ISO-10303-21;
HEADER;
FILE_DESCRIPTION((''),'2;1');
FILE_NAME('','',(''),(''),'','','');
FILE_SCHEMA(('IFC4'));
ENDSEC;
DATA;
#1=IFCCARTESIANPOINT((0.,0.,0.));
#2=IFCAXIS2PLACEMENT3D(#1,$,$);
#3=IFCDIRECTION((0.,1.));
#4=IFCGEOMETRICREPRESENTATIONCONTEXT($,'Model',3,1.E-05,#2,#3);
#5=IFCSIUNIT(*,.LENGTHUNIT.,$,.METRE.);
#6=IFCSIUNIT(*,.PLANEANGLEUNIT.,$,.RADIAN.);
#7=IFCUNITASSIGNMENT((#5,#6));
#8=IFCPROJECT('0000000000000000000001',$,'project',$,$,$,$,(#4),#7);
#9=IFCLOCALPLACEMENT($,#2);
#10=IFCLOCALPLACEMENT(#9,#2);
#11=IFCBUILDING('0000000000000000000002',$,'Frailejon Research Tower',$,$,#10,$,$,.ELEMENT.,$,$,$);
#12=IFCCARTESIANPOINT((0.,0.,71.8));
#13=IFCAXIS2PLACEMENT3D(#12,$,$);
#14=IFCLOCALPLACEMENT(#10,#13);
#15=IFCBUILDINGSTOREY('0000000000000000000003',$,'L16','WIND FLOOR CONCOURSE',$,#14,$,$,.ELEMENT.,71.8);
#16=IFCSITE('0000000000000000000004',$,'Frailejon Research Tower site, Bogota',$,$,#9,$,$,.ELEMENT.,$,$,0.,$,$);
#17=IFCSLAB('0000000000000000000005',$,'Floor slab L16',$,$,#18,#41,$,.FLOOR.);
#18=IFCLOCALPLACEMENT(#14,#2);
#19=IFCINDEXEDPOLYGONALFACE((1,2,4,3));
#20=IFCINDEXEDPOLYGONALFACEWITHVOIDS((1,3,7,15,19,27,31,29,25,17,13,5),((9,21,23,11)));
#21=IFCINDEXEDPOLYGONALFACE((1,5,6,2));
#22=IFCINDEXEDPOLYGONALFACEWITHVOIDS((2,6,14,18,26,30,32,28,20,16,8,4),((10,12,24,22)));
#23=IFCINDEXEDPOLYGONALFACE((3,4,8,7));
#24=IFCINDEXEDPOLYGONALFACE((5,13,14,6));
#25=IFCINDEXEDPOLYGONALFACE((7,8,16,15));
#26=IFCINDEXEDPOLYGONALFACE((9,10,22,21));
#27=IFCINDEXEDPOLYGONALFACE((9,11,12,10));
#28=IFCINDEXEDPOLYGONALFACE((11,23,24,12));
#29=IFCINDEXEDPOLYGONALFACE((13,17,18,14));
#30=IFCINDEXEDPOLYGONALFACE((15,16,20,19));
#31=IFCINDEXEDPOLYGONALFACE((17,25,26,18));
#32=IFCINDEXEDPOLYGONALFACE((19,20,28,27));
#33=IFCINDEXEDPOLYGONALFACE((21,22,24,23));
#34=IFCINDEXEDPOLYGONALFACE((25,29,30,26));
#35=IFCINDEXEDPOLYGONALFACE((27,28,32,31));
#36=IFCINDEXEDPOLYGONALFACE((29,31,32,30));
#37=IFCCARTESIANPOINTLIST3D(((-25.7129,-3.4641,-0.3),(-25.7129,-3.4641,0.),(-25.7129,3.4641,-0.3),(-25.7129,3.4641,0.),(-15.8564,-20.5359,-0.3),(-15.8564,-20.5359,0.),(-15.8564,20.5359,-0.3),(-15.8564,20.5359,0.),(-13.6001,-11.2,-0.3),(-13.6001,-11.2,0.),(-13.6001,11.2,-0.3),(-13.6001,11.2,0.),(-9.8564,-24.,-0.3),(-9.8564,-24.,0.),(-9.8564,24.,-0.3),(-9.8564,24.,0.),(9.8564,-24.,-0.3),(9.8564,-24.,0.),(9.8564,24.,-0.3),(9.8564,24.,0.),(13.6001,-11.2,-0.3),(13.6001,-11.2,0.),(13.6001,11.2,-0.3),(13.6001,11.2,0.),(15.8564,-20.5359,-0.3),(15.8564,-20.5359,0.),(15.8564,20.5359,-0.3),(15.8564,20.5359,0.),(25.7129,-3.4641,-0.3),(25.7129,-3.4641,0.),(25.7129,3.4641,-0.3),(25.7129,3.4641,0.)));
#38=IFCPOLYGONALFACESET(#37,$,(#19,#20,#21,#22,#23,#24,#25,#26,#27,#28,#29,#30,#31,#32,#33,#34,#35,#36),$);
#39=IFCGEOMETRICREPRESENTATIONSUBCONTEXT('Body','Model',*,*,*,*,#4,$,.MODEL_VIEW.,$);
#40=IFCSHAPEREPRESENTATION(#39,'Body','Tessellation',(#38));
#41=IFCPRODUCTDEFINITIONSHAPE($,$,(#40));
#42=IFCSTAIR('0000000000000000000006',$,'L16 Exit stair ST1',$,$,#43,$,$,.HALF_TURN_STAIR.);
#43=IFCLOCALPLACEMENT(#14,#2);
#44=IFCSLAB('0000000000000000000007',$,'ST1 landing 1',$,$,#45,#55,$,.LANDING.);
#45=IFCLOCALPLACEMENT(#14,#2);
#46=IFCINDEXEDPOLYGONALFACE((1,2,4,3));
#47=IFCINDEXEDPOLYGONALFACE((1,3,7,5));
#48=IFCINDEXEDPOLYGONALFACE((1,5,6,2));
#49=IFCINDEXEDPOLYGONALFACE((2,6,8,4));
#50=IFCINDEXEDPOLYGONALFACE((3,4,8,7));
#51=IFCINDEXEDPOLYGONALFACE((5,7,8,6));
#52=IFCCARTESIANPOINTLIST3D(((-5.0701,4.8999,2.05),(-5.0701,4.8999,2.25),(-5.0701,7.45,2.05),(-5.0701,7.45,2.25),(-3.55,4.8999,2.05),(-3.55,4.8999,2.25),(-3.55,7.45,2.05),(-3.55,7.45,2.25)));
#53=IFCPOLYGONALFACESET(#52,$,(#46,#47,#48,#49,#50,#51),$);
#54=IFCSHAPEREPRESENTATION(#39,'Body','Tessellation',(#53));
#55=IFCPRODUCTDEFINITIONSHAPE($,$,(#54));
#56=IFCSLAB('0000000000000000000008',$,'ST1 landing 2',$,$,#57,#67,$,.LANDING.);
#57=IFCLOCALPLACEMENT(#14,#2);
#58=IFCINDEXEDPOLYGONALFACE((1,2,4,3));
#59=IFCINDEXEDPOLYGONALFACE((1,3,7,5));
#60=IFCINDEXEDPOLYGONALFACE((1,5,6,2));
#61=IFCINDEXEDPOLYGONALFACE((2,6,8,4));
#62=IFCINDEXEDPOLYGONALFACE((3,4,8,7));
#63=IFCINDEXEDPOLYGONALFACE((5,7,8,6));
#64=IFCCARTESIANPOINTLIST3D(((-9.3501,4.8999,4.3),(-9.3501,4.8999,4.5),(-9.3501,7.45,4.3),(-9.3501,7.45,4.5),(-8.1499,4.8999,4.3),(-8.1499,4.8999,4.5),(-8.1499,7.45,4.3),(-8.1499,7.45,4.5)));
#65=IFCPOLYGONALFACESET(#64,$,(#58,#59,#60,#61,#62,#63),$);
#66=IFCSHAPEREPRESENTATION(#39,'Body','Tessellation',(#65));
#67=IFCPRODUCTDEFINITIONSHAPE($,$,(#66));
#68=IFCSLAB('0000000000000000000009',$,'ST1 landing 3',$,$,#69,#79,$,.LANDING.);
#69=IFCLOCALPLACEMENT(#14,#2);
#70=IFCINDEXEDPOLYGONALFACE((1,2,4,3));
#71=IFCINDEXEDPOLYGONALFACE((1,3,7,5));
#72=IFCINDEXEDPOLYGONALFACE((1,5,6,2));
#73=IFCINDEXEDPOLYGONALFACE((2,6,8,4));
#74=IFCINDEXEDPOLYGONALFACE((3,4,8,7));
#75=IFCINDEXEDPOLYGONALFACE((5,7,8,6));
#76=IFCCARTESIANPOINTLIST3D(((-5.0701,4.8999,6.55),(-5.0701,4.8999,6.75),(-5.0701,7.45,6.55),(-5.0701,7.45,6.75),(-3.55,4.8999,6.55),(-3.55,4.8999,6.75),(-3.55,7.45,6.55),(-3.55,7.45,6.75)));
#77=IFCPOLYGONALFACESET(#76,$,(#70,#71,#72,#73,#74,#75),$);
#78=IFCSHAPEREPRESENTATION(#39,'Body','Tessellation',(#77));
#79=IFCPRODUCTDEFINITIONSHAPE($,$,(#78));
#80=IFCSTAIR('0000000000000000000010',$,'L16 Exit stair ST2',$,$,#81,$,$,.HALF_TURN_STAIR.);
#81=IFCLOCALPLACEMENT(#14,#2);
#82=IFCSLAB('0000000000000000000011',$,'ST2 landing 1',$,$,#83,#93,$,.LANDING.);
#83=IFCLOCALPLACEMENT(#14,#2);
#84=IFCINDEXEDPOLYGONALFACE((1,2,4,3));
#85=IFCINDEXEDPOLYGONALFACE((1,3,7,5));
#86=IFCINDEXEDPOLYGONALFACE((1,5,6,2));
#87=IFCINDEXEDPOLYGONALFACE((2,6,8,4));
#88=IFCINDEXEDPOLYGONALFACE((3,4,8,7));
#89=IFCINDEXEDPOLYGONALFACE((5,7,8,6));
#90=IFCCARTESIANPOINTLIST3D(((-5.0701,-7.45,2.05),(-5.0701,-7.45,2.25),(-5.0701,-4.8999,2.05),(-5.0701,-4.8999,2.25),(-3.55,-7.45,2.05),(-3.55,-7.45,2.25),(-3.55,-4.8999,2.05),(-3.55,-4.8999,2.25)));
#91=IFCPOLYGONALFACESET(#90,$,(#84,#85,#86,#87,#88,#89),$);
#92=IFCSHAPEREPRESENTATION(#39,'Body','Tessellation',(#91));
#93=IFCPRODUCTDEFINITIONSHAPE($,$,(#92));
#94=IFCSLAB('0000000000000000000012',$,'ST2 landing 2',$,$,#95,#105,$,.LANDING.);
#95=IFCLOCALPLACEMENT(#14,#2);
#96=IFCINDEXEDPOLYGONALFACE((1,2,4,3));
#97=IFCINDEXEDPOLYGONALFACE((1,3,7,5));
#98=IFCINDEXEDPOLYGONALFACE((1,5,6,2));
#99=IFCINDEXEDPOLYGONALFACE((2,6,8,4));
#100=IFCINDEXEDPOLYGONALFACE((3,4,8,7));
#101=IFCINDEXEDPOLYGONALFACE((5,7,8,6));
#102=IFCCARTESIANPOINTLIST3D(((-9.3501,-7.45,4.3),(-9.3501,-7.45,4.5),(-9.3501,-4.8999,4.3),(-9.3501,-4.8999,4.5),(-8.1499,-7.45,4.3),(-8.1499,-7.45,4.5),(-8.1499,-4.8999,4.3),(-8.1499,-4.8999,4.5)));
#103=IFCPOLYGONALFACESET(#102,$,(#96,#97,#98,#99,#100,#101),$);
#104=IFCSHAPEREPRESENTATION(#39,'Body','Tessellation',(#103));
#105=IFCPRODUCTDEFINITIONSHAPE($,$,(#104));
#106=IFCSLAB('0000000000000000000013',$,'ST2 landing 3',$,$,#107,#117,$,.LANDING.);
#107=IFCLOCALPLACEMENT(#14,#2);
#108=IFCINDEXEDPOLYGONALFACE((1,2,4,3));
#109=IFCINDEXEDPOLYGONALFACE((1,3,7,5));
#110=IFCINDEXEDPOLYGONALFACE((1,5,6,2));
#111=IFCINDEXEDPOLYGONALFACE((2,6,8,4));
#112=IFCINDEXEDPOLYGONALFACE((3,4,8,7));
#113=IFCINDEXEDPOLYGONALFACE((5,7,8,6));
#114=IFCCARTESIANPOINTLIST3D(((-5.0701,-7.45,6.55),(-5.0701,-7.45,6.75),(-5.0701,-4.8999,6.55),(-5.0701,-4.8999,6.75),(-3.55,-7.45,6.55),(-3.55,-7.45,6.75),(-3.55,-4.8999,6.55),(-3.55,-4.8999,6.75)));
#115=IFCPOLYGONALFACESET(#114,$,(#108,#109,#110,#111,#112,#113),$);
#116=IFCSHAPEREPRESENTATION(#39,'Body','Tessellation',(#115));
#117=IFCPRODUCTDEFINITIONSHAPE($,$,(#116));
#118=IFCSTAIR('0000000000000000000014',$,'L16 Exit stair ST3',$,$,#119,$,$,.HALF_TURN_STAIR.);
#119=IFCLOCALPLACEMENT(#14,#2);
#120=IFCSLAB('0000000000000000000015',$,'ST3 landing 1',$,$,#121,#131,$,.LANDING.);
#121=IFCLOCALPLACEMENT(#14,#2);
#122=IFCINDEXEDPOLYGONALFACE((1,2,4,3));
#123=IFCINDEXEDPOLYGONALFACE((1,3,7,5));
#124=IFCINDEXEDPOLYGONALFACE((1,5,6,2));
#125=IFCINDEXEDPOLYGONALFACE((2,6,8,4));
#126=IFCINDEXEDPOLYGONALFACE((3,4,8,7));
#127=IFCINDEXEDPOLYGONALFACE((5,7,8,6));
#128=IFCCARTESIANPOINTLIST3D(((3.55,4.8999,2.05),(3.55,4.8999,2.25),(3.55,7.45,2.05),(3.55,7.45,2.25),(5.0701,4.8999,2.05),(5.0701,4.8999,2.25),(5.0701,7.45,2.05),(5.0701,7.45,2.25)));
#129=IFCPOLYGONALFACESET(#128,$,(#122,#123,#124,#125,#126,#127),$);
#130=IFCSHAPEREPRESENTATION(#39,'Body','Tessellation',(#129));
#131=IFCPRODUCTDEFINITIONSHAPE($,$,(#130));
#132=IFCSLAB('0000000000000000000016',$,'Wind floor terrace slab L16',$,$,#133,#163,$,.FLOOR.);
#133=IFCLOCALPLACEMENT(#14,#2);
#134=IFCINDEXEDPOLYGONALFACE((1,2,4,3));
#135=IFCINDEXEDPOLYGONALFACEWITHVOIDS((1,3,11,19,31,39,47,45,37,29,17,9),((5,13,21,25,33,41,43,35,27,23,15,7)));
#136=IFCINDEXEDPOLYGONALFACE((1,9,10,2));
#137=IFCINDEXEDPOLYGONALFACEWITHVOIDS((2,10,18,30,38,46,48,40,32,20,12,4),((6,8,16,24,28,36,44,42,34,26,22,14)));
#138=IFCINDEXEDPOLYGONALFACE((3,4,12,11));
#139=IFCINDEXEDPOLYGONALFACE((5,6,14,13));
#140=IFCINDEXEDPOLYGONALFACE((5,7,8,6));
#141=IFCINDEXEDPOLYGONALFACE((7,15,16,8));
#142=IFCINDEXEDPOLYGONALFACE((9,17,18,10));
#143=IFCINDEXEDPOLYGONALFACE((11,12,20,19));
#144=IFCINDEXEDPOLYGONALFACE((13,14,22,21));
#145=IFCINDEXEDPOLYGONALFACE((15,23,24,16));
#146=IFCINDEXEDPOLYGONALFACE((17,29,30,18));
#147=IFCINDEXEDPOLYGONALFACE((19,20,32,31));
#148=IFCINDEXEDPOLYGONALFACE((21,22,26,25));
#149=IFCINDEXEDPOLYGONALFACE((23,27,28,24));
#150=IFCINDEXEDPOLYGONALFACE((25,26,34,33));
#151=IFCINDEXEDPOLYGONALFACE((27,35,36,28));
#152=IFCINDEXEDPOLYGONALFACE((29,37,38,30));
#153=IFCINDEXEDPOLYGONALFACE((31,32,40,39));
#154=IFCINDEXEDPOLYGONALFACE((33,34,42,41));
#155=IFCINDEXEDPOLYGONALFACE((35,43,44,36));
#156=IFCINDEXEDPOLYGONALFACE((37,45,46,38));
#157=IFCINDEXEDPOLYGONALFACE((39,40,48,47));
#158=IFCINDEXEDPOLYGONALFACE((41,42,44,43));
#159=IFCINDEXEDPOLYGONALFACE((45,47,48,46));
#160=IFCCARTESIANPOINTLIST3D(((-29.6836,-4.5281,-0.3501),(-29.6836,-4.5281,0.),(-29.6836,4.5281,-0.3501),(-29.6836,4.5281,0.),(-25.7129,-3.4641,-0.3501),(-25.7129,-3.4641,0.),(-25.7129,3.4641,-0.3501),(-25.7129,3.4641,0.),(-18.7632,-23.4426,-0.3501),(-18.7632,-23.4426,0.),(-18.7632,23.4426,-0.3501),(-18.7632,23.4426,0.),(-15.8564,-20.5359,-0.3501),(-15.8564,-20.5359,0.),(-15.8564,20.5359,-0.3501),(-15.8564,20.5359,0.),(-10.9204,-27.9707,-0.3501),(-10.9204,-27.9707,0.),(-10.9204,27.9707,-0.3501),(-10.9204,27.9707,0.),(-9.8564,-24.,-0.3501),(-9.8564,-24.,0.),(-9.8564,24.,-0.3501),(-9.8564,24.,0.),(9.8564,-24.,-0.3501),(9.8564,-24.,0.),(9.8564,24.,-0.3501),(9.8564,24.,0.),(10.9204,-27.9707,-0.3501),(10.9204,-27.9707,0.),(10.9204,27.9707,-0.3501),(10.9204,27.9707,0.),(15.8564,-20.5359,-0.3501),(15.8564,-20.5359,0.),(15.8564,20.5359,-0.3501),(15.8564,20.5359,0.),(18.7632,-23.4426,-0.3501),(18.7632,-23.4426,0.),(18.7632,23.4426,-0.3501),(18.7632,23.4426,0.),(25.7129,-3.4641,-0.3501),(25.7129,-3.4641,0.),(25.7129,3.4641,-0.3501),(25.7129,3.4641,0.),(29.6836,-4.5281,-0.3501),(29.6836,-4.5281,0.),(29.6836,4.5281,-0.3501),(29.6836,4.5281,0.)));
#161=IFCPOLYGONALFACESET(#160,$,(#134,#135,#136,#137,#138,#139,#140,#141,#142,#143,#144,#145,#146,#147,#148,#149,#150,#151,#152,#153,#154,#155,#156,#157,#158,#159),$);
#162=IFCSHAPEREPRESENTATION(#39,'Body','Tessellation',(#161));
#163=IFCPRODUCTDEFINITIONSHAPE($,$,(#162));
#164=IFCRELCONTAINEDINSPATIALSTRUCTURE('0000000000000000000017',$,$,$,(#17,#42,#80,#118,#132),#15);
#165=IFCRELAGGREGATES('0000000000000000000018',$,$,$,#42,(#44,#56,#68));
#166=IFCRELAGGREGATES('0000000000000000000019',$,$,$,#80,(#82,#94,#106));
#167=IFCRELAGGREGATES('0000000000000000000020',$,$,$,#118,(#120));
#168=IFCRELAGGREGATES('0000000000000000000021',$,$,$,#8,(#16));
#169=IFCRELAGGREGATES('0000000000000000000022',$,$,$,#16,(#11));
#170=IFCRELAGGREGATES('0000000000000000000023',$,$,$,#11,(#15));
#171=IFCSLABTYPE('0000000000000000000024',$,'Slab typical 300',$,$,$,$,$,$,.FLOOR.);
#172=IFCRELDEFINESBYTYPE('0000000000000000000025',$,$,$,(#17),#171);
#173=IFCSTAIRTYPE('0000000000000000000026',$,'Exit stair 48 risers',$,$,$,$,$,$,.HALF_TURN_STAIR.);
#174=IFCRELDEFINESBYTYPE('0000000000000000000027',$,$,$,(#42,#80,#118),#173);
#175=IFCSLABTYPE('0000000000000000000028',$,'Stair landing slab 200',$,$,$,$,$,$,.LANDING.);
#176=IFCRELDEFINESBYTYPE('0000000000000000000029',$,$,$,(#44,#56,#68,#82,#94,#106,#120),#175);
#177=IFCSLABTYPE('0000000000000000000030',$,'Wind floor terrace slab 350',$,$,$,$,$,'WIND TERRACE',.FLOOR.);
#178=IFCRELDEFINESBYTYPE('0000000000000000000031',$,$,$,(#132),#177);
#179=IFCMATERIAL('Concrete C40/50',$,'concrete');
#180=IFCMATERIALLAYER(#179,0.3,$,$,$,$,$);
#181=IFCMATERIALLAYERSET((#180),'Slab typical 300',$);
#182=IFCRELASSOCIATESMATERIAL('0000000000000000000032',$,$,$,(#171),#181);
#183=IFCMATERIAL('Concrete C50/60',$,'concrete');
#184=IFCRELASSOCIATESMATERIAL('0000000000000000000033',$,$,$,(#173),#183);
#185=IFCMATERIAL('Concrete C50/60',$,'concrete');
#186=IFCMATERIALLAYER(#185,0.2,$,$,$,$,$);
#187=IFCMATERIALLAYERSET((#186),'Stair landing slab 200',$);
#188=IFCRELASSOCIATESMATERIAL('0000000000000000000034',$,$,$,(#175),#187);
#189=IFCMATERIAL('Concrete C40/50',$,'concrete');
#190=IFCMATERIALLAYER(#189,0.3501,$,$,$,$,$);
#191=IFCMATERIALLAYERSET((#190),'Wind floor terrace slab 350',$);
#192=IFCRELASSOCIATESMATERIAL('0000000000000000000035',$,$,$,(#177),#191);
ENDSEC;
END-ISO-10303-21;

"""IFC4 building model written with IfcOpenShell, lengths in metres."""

from ifc_helpers import new_model, si_unit, direction, frame, origin, place, context, subcontext, project, spatial, polyline, outline, extrude, material, layer, layer_set, type_object, element, aggregate, save


model = new_model("IFC4")

# Units and contexts
model_context = context("Model", 3, precision=1e-05, world=origin(), true_north=direction((0.0, 1.0)))
body_context = subcontext(model_context, "Body", "Model", "MODEL_VIEW")
ifc_project = project(units=[si_unit("LENGTHUNIT", "METRE"), si_unit("PLANEANGLEUNIT", "RADIAN")], contexts=[model_context])

# Site, building, storey
site_placement = place(None, origin())
site = spatial("IfcSite", under=ifc_project, at=site_placement, Name="Frailejon Research Tower site, Bogota", CompositionType="ELEMENT", RefElevation=0.0)
building_placement = place(site_placement, origin())
building = spatial("IfcBuilding", under=site, at=building_placement, Name="Frailejon Research Tower", CompositionType="ELEMENT")
storey_placement = place(building_placement, frame((0.0, 0.0, 71.8)))
storey = spatial("IfcBuildingStorey", under=building, at=storey_placement, Name="L16", Description="WIND FLOOR CONCOURSE", CompositionType="ELEMENT", Elevation=71.8)

# Slab
ifc_material_1 = material(Name="Concrete C40/50", Category="concrete")
ifc_layer_1 = layer(ifc_material_1, 0.3)
ifc_layer_set_1 = layer_set([ifc_layer_1], Name="Slab typical 300")
slab_type_1 = type_object("IfcSlabType", Name="Slab typical 300", PredefinedType="FLOOR", material=ifc_layer_set_1)
slab_1_placement = place(storey_placement, frame((0.0, 0.0, -0.3)))
element("IfcSlab", 1, at=slab_1_placement, inside=storey, type_object=slab_type_1, Name="Floor slab L16", PredefinedType="FLOOR", context=body_context, shape_type="SweptSolid", body=[
    extrude(outline(polyline([(25.7129, -3.4641), (25.7129, 3.4641), (15.8564, 20.5359), (9.8564, 24.0), (-9.8564, 24.0), (-15.8564, 20.5359), (-25.7129, 3.4641), (-25.7129, -3.4641), (-15.8564, -20.5359), (-9.8564, -24.0), (9.8564, -24.0), (15.8564, -20.5359), (25.7129, -3.4641)]), holes=[polyline([(13.6001, -11.2), (-13.6001, -11.2), (-13.6001, 11.2), (13.6001, 11.2), (13.6001, -11.2)])]), origin(), (0.0, 0.0, 1.0), 0.3),
])

# Stairs, slabs
ifc_material_2 = material(Name="Concrete C50/60", Category="concrete")
stair_type = type_object("IfcStairType", Name="Exit stair 48 risers", PredefinedType="HALF_TURN_STAIR", material=ifc_material_2)
stair_1_placement = place(storey_placement, origin())
stair_1 = element("IfcStair", 2, at=stair_1_placement, inside=storey, type_object=stair_type, Name="L16 Exit stair ST1", PredefinedType="HALF_TURN_STAIR")
ifc_material_3 = material(Name="Concrete C50/60", Category="concrete")
ifc_layer_2 = layer(ifc_material_3, 0.2)
ifc_layer_set_2 = layer_set([ifc_layer_2], Name="Stair landing slab 200")
slab_type_2 = type_object("IfcSlabType", Name="Stair landing slab 200", PredefinedType="LANDING", material=ifc_layer_set_2)
slab_2_placement = place(storey_placement, frame((0.0, 0.0, 2.05)))
slab_2 = element("IfcSlab", 3, at=slab_2_placement, type_object=slab_type_2, Name="ST1 landing 1", PredefinedType="LANDING", context=body_context, shape_type="SweptSolid", body=[
    extrude(outline(polyline([(-5.0701, 4.8999), (-3.55, 4.8999), (-3.55, 7.45), (-5.0701, 7.45), (-5.0701, 4.8999)])), origin(), (0.0, 0.0, 1.0), 0.2),
])
slab_3_placement = place(storey_placement, frame((0.0, 0.0, 4.3)))
slab_3 = element("IfcSlab", 4, at=slab_3_placement, type_object=slab_type_2, Name="ST1 landing 2", PredefinedType="LANDING", context=body_context, shape_type="SweptSolid", body=[
    extrude(outline(polyline([(-9.3501, 4.8999), (-8.1499, 4.8999), (-8.1499, 7.45), (-9.3501, 7.45), (-9.3501, 4.8999)])), origin(), (0.0, 0.0, 1.0), 0.2),
])
slab_4_placement = place(storey_placement, frame((0.0, 0.0, 6.55)))
slab_4 = element("IfcSlab", 5, at=slab_4_placement, type_object=slab_type_2, Name="ST1 landing 3", PredefinedType="LANDING", context=body_context, shape_type="SweptSolid", body=[
    extrude(outline(polyline([(-5.0701, 4.8999), (-3.55, 4.8999), (-3.55, 7.45), (-5.0701, 7.45), (-5.0701, 4.8999)])), origin(), (0.0, 0.0, 1.0), 0.2),
])
aggregate(stair_1, [slab_2, slab_3, slab_4])
stair_2_placement = place(storey_placement, origin())
stair_2 = element("IfcStair", 6, at=stair_2_placement, inside=storey, type_object=stair_type, Name="L16 Exit stair ST2", PredefinedType="HALF_TURN_STAIR")
slab_5_placement = place(storey_placement, frame((0.0, 0.0, 2.05)))
slab_5 = element("IfcSlab", 7, at=slab_5_placement, type_object=slab_type_2, Name="ST2 landing 1", PredefinedType="LANDING", context=body_context, shape_type="SweptSolid", body=[
    extrude(outline(polyline([(-5.0701, -7.45), (-3.55, -7.45), (-3.55, -4.8999), (-5.0701, -4.8999), (-5.0701, -7.45)])), origin(), (0.0, 0.0, 1.0), 0.2),
])
slab_6_placement = place(storey_placement, frame((0.0, 0.0, 4.3)))
slab_6 = element("IfcSlab", 8, at=slab_6_placement, type_object=slab_type_2, Name="ST2 landing 2", PredefinedType="LANDING", context=body_context, shape_type="SweptSolid", body=[
    extrude(outline(polyline([(-9.3501, -7.45), (-8.1499, -7.45), (-8.1499, -4.8999), (-9.3501, -4.8999), (-9.3501, -7.45)])), origin(), (0.0, 0.0, 1.0), 0.2),
])
slab_7_placement = place(storey_placement, frame((0.0, 0.0, 6.55)))
slab_7 = element("IfcSlab", 9, at=slab_7_placement, type_object=slab_type_2, Name="ST2 landing 3", PredefinedType="LANDING", context=body_context, shape_type="SweptSolid", body=[
    extrude(outline(polyline([(-5.0701, -7.45), (-3.55, -7.45), (-3.55, -4.8999), (-5.0701, -4.8999), (-5.0701, -7.45)])), origin(), (0.0, 0.0, 1.0), 0.2),
])
aggregate(stair_2, [slab_5, slab_6, slab_7])

# Stair, slab
stair_3_placement = place(storey_placement, origin())
stair_3 = element("IfcStair", 10, at=stair_3_placement, inside=storey, type_object=stair_type, Name="L16 Exit stair ST3", PredefinedType="HALF_TURN_STAIR")
slab_8_placement = place(storey_placement, frame((0.0, 0.0, 2.05)))
slab_8 = element("IfcSlab", 11, at=slab_8_placement, type_object=slab_type_2, Name="ST3 landing 1", PredefinedType="LANDING", context=body_context, shape_type="SweptSolid", body=[
    extrude(outline(polyline([(5.0701, 7.45), (3.55, 7.45), (3.55, 4.8999), (5.0701, 4.8999), (5.0701, 7.45)])), origin(), (0.0, 0.0, 1.0), 0.2),
])
aggregate(stair_3, [slab_8])

# Slab
ifc_material_4 = material(Name="Concrete C40/50", Category="concrete")
ifc_layer_3 = layer(ifc_material_4, 0.3501)
ifc_layer_set_3 = layer_set([ifc_layer_3], Name="Wind floor terrace slab 350")
slab_type_3 = type_object("IfcSlabType", Name="Wind floor terrace slab 350", ElementType="WIND TERRACE", PredefinedType="FLOOR", material=ifc_layer_set_3)
slab_9_placement = place(storey_placement, frame((0.0, 0.0, -0.3501)))
element("IfcSlab", 12, at=slab_9_placement, inside=storey, type_object=slab_type_3, Name="Wind floor terrace slab L16", PredefinedType="FLOOR", context=body_context, shape_type="SweptSolid", body=[
    extrude(outline(polyline([(18.7632, -23.4426), (10.9204, -27.9707), (-10.9204, -27.9707), (-18.7632, -23.4426), (-29.6836, -4.5281), (-29.6836, 4.5281), (-18.7632, 23.4426), (-10.9204, 27.9707), (10.9204, 27.9707), (18.7632, 23.4426), (29.6836, 4.5281), (29.6836, -4.5281), (18.7632, -23.4426)]), holes=[polyline([(25.7129, 3.4641), (15.8564, 20.5359), (9.8564, 24.0), (-9.8564, 24.0), (-15.8564, 20.5359), (-25.7129, 3.4641), (-25.7129, -3.4641), (-15.8564, -20.5359), (-9.8564, -24.0), (9.8564, -24.0), (15.8564, -20.5359), (25.7129, -3.4641), (25.7129, 3.4641)])]), origin(), (0.0, 0.0, 1.0), 0.3501),
])

save(model, "model.ifc")
